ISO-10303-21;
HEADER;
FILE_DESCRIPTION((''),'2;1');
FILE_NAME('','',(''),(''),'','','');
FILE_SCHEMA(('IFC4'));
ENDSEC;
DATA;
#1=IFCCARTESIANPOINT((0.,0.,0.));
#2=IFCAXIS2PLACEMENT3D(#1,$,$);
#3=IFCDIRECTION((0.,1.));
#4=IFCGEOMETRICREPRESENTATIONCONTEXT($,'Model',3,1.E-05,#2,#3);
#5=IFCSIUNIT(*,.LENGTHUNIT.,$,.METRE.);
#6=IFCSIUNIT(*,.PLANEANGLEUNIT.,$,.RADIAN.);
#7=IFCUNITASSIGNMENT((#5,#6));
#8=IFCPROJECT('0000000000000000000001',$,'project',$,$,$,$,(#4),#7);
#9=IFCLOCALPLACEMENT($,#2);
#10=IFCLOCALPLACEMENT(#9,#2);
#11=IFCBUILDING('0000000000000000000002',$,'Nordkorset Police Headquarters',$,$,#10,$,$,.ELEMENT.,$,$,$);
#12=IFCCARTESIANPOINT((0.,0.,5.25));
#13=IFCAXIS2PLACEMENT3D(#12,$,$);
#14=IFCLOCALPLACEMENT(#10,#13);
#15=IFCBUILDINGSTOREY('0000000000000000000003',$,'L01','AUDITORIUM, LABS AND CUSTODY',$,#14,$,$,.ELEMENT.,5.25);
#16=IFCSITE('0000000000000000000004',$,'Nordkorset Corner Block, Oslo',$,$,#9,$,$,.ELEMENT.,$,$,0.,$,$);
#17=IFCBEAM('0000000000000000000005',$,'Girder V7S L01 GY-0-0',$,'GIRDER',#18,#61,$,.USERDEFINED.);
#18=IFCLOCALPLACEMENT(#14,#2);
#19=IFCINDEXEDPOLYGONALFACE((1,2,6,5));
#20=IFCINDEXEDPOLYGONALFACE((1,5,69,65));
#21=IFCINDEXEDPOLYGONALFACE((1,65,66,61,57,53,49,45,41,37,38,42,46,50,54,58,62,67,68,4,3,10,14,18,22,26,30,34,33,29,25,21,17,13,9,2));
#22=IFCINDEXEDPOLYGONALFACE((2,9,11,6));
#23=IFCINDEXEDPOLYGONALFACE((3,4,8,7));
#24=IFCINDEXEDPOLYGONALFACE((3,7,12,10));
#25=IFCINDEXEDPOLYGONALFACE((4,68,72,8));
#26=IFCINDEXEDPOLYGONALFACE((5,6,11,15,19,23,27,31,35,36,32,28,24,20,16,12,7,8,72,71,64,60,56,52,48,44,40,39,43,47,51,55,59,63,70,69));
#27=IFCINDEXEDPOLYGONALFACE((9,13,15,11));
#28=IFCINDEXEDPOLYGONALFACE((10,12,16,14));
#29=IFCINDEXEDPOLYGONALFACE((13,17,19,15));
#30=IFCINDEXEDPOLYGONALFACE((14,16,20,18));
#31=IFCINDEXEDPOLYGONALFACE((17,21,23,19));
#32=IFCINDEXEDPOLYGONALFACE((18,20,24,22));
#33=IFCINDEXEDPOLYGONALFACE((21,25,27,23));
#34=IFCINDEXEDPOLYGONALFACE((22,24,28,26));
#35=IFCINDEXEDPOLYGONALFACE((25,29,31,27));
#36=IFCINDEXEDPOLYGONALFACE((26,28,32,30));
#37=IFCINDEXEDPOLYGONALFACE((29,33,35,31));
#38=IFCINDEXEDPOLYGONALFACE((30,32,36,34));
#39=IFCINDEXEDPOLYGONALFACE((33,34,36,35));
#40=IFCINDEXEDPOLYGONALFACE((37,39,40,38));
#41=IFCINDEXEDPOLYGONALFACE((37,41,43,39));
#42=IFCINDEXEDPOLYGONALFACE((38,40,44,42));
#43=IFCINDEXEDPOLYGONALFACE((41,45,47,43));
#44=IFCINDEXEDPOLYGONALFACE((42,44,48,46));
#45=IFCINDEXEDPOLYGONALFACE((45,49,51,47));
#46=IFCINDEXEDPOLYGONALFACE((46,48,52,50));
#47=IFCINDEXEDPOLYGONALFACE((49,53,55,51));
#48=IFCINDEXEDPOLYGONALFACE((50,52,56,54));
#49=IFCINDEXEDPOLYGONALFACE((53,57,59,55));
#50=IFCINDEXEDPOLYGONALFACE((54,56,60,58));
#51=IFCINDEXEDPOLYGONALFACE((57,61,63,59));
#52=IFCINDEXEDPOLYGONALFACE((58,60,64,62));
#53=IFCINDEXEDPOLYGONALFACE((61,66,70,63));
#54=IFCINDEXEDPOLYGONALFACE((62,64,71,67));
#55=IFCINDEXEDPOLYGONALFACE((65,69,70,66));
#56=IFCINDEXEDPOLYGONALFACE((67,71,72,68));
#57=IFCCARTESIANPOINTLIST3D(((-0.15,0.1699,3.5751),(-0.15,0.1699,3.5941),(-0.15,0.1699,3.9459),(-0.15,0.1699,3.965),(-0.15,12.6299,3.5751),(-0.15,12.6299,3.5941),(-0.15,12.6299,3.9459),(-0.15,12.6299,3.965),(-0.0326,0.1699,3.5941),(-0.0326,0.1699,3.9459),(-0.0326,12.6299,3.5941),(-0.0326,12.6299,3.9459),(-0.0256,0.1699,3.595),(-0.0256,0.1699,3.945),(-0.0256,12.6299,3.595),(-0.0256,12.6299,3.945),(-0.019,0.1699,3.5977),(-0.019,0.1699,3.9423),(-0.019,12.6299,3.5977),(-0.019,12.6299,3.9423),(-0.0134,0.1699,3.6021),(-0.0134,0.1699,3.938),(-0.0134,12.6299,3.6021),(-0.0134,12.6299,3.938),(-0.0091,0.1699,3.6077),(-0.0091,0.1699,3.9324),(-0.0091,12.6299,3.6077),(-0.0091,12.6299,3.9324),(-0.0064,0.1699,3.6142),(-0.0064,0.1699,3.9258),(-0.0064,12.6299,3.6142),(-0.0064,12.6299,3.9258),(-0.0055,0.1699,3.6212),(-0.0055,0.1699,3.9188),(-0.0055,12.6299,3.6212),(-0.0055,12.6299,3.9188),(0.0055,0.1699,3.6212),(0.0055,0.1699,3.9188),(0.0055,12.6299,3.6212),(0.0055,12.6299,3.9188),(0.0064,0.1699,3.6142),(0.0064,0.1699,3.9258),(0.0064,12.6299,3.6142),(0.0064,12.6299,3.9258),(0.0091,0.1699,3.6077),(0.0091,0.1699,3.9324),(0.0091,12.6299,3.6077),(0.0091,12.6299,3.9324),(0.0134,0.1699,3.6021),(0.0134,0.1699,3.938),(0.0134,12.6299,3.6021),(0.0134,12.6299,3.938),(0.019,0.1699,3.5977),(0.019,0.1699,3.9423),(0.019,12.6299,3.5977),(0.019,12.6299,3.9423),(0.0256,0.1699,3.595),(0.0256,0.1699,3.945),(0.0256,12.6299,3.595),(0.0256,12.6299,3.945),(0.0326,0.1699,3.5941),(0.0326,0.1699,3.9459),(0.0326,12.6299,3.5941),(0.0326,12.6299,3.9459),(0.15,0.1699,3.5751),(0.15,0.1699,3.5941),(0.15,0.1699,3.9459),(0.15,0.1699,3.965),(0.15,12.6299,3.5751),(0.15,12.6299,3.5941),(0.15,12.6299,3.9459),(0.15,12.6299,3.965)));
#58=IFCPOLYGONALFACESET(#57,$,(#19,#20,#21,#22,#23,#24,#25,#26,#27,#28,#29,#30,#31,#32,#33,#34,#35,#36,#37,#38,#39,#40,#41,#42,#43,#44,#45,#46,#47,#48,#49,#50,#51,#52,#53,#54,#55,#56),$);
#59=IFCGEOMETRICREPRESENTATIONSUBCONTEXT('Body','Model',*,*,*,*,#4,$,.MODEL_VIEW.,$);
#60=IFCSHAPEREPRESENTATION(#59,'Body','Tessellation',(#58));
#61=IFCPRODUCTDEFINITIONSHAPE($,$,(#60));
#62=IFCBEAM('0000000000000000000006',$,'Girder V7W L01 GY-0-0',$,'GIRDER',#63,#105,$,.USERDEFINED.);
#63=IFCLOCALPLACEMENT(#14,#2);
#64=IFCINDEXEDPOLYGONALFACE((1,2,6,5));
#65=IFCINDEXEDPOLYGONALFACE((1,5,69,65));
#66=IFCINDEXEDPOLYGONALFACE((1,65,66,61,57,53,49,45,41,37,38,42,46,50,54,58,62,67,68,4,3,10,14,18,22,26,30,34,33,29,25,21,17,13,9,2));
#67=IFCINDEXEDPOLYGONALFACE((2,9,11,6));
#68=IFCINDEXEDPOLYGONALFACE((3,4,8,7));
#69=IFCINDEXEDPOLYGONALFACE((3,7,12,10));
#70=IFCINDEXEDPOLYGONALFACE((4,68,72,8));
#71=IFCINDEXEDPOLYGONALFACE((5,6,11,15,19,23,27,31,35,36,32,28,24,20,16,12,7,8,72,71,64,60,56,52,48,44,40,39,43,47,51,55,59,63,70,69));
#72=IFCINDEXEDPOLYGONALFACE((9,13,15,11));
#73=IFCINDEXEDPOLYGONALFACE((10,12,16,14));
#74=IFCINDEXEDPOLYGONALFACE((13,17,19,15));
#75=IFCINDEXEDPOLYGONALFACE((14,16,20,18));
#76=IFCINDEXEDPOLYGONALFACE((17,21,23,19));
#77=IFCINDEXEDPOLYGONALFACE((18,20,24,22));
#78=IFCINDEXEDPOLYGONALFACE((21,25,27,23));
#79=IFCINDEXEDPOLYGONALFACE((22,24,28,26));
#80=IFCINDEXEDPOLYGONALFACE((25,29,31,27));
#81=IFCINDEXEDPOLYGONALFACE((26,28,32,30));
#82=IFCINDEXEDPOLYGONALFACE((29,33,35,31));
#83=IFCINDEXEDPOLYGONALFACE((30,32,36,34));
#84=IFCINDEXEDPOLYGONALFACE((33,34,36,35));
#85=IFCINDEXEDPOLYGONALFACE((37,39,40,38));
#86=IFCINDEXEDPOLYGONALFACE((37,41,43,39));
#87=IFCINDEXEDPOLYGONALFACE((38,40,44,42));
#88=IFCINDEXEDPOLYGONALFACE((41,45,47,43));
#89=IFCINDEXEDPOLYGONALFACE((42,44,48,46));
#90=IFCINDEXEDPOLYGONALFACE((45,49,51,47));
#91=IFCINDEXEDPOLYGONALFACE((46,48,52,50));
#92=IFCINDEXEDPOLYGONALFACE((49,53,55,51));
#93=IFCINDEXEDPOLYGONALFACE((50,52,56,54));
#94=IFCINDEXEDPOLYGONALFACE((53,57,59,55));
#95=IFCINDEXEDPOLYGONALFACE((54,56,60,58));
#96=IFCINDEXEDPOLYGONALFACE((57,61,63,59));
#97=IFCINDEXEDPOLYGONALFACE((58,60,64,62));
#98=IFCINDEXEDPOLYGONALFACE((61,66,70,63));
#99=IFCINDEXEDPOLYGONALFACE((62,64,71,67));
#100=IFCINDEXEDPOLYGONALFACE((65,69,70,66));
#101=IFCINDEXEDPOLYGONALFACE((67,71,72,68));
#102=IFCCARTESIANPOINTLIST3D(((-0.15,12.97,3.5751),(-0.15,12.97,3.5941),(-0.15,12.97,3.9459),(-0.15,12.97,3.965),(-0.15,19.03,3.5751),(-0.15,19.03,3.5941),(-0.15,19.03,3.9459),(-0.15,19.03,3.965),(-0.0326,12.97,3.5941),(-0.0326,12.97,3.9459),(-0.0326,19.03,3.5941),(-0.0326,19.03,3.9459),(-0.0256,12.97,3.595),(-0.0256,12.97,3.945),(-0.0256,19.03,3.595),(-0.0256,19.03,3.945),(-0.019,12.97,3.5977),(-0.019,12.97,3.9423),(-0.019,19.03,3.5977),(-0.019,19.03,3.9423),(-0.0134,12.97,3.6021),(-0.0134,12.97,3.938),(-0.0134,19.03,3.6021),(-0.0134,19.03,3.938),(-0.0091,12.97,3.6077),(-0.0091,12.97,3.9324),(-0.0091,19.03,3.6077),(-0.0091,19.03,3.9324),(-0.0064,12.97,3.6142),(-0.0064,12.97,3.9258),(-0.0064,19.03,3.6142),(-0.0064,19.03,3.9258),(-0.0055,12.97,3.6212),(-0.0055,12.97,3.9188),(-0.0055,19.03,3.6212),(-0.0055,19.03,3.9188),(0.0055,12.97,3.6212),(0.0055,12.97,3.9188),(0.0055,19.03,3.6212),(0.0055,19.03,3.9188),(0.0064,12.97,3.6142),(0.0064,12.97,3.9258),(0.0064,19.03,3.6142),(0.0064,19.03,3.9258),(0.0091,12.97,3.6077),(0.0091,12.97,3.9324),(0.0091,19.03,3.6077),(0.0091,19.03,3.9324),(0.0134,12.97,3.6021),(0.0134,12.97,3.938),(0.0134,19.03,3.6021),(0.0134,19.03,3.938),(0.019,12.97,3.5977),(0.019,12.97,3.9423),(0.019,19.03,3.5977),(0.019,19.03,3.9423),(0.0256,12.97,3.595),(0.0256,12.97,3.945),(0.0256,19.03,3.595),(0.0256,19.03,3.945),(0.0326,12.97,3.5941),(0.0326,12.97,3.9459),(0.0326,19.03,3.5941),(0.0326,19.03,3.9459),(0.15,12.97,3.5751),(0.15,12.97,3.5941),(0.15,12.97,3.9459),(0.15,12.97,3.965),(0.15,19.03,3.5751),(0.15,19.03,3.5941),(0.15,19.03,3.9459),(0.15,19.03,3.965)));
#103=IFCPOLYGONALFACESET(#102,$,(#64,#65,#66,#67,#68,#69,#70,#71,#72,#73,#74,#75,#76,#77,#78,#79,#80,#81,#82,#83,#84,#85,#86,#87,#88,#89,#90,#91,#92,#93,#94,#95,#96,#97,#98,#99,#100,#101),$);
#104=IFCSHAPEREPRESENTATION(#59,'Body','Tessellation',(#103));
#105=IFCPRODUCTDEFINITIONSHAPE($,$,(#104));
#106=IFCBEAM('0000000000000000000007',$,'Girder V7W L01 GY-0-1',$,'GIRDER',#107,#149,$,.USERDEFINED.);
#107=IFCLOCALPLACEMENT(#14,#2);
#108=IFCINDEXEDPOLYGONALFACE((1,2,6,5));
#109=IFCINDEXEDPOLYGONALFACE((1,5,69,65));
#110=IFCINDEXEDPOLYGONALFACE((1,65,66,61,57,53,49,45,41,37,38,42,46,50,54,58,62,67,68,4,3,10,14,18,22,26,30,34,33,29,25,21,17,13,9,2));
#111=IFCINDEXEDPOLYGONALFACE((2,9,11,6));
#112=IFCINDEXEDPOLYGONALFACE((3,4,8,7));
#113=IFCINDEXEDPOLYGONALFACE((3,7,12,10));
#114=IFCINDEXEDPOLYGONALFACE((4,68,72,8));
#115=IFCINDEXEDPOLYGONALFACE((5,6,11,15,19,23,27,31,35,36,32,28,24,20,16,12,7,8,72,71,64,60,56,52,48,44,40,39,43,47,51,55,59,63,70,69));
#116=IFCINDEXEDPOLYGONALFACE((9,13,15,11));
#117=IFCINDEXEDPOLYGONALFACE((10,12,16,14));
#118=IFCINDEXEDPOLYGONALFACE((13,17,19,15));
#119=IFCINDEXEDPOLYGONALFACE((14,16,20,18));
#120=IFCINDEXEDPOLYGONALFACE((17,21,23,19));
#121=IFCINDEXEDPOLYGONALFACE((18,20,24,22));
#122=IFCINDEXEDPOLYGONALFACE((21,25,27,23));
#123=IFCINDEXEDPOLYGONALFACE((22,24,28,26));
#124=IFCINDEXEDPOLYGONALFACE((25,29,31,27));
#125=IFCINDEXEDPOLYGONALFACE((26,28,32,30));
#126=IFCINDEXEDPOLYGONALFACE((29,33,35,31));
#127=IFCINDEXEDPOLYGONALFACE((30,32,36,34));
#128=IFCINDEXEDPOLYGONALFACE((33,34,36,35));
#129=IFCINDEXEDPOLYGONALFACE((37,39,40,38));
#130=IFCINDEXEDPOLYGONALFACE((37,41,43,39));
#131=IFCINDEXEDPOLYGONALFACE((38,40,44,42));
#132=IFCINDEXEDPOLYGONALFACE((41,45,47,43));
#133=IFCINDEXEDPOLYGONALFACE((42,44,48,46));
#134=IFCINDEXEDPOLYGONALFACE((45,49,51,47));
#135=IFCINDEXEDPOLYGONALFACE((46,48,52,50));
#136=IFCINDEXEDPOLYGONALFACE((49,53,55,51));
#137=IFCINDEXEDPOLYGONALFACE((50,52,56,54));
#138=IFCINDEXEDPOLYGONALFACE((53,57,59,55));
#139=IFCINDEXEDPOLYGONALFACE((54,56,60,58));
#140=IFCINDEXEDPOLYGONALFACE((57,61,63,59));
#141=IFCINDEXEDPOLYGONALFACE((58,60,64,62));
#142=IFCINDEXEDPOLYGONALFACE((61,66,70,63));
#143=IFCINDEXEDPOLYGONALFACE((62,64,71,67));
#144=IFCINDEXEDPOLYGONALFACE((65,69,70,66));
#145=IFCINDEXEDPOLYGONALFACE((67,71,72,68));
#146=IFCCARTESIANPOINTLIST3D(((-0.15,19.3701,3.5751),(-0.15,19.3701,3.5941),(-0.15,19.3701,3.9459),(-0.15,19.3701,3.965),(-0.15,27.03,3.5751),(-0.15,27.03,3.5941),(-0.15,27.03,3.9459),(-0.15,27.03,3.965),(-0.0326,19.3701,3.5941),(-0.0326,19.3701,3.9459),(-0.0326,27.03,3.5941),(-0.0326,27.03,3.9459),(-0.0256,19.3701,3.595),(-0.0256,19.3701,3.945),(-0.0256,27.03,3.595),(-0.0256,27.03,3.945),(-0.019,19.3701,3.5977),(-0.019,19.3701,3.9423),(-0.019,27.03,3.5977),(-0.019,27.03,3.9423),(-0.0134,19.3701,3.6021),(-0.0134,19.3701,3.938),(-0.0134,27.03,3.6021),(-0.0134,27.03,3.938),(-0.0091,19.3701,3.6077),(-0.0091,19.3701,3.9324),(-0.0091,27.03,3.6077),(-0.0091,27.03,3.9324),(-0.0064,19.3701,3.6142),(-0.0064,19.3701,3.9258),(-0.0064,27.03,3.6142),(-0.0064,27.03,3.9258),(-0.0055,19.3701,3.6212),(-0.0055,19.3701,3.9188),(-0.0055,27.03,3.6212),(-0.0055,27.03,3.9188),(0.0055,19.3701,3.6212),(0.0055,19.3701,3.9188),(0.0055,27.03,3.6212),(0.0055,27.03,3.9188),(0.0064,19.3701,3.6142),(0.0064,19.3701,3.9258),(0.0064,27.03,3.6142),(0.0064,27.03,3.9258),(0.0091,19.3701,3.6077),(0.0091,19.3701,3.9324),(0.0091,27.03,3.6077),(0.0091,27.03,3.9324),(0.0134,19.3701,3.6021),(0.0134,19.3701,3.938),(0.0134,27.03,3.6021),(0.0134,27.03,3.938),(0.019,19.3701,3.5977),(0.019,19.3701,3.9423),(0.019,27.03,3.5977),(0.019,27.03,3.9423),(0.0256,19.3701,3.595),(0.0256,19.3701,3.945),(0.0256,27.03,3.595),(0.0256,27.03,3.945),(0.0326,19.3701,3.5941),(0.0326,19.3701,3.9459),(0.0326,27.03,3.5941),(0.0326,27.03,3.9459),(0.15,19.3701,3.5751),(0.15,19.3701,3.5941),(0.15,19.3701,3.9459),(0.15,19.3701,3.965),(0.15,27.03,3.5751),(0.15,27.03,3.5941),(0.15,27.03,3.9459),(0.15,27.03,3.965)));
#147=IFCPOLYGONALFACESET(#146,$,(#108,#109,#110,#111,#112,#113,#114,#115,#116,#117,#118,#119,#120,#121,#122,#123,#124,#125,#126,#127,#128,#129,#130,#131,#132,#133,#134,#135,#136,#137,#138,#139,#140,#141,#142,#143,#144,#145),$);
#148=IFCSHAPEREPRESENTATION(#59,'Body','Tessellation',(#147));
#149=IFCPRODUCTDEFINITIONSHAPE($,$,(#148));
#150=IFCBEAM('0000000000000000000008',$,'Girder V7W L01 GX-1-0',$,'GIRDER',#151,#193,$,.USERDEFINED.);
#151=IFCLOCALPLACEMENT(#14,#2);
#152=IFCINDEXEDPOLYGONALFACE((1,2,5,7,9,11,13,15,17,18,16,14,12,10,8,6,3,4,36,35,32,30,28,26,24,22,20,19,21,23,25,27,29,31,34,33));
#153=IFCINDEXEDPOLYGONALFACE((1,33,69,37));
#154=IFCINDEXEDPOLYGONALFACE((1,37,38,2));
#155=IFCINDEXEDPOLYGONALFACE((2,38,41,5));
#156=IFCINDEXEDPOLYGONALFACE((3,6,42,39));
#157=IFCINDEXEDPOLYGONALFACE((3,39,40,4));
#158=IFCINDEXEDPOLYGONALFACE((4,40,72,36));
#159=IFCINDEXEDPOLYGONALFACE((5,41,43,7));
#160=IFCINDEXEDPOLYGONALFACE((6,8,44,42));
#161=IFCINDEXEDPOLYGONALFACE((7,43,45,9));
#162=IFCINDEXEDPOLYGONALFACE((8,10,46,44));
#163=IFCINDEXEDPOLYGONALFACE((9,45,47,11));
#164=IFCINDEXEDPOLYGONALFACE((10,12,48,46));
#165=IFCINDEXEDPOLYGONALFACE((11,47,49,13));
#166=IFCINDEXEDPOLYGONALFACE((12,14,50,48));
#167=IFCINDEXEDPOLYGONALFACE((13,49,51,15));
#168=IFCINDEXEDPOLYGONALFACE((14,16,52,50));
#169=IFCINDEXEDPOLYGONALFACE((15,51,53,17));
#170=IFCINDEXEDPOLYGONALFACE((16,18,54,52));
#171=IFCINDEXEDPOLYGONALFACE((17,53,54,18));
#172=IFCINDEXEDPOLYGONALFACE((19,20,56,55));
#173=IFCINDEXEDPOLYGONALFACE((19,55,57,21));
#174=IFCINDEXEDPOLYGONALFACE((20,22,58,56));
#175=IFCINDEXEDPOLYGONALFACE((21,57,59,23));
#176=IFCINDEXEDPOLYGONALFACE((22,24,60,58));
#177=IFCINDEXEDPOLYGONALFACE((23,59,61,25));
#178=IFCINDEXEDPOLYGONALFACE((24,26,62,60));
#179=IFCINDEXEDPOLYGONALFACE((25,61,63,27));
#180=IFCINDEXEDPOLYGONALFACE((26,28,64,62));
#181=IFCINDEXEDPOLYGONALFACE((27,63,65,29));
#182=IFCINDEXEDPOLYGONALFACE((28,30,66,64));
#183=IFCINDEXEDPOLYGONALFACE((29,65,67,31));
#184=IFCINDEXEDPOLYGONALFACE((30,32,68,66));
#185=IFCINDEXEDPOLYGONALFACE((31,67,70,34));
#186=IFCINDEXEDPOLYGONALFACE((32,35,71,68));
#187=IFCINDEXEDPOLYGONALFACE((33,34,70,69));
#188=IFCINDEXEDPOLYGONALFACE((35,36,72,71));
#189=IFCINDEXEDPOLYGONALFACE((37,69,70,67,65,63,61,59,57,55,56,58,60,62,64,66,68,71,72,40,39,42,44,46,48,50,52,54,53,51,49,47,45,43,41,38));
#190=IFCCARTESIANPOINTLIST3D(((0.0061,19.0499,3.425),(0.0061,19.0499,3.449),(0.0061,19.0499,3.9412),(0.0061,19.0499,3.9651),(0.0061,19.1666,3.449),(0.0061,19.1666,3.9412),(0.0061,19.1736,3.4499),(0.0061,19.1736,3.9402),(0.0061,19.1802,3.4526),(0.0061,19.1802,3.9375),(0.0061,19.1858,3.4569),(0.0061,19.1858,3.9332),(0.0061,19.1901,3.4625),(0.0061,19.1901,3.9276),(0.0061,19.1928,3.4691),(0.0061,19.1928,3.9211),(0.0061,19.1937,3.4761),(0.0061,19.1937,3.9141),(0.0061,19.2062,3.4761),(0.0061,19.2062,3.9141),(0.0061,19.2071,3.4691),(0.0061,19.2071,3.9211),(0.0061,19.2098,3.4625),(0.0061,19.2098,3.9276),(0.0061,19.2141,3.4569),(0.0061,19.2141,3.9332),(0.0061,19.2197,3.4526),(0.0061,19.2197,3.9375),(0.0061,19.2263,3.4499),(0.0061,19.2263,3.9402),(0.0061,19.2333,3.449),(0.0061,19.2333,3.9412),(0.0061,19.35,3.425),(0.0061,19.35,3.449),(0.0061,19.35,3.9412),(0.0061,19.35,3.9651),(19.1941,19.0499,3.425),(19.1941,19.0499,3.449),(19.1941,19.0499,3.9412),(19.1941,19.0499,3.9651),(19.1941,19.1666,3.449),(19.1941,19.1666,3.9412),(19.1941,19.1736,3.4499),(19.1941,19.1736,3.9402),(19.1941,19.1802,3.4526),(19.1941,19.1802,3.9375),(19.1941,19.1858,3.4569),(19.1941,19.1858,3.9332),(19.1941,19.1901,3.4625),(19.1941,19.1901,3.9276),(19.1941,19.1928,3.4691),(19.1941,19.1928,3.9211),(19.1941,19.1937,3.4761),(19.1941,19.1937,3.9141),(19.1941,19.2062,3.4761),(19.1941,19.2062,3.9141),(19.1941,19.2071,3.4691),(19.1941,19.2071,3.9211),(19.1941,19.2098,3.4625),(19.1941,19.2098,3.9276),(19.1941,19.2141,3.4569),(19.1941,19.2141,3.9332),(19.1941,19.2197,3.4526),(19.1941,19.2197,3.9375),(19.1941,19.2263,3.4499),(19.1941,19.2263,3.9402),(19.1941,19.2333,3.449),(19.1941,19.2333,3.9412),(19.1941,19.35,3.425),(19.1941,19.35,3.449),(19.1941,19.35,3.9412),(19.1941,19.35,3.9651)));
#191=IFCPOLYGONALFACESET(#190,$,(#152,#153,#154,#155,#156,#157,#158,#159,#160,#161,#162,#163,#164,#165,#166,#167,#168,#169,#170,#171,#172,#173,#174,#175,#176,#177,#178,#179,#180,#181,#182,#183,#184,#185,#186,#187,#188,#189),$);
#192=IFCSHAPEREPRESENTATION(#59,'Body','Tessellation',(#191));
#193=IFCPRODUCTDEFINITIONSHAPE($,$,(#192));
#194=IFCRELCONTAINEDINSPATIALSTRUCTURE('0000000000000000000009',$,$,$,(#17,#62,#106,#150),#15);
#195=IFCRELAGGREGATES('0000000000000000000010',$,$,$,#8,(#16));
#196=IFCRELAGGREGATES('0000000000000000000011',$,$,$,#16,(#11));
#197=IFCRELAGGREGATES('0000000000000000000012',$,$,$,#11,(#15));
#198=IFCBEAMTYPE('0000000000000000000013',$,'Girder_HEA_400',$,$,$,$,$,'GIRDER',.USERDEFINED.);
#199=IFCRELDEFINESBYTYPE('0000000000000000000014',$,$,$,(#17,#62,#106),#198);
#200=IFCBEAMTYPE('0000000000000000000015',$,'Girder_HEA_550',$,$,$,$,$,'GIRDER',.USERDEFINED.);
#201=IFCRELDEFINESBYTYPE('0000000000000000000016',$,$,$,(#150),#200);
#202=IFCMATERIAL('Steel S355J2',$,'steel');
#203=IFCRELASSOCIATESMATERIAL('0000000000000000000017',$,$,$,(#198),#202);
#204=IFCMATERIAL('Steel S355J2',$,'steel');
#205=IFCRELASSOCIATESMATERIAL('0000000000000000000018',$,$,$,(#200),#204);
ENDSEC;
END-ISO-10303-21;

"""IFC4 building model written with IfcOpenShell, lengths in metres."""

from ifc_helpers import new_model, si_unit, direction, frame, origin, origin_2d, place, context, subcontext, project, spatial, i_section, extrude, material, material_profile, profile_set, type_object, element, save


model = new_model("IFC4")

# Units and contexts
model_context = context("Model", 3, precision=1e-05, world=origin(), true_north=direction((0.0, 1.0)))
body_context = subcontext(model_context, "Body", "Model", "MODEL_VIEW")
ifc_project = project(units=[si_unit("LENGTHUNIT", "METRE"), si_unit("PLANEANGLEUNIT", "RADIAN")], contexts=[model_context])

# Site, building, storey
site_placement = place(None, origin())
site = spatial("IfcSite", under=ifc_project, at=site_placement, Name="Nordkorset Corner Block, Oslo", CompositionType="ELEMENT", RefElevation=0.0)
building_placement = place(site_placement, origin())
building = spatial("IfcBuilding", under=site, at=building_placement, Name="Nordkorset Police Headquarters", CompositionType="ELEMENT")
storey_placement = place(building_placement, frame((0.0, 0.0, 5.25)))
storey = spatial("IfcBuildingStorey", under=building, at=storey_placement, Name="L01", Description="AUDITORIUM, LABS AND CUSTODY", CompositionType="ELEMENT", Elevation=5.25)

# Beams
ifc_material_1 = material(Name="Steel S355J2", Category="steel")
ifc_material_profile_1 = material_profile(ifc_material_1, i_section(OverallWidth=0.3, OverallDepth=0.3899, WebThickness=0.011, FlangeThickness=0.019, FilletRadius=0.0271, at=origin_2d()), Name="HEA 400")
ifc_profile_set_1 = profile_set([ifc_material_profile_1], Name="Steel S355J2")
beam_type_1 = type_object("IfcBeamType", Name="Girder_HEA_400", ElementType="GIRDER", PredefinedType="USERDEFINED", material=ifc_profile_set_1)
beam_1_placement = place(storey_placement, frame((0.0, 0.1699, 3.77), z_axis=(0.0, 1.0, 0.0), x_axis=(-1.0, 0.0, 0.0)))
element("IfcBeam", 1, at=beam_1_placement, inside=storey, type_object=beam_type_1, Name="Girder V7S L01 GY-0-0", ObjectType="GIRDER", PredefinedType="USERDEFINED", context=body_context, shape_type="SweptSolid", body=[
    extrude(i_section(OverallWidth=0.3, OverallDepth=0.3899, WebThickness=0.011, FlangeThickness=0.019, FilletRadius=0.0271, at=origin_2d()), origin(), (0.0, 0.0, 1.0), 12.46),
])
beam_2_placement = place(storey_placement, frame((0.0, 12.97, 3.77), z_axis=(0.0, 1.0, 0.0), x_axis=(-1.0, 0.0, 0.0)))
element("IfcBeam", 2, at=beam_2_placement, inside=storey, type_object=beam_type_1, Name="Girder V7W L01 GY-0-0", ObjectType="GIRDER", PredefinedType="USERDEFINED", context=body_context, shape_type="SweptSolid", body=[
    extrude(i_section(OverallWidth=0.3, OverallDepth=0.3899, WebThickness=0.011, FlangeThickness=0.019, FilletRadius=0.0271, at=origin_2d()), origin(), (0.0, 0.0, 1.0), 6.0601),
])
beam_3_placement = place(storey_placement, frame((0.0, 19.3701, 3.77), z_axis=(0.0, 1.0, 0.0), x_axis=(-1.0, 0.0, 0.0)))
element("IfcBeam", 3, at=beam_3_placement, inside=storey, type_object=beam_type_1, Name="Girder V7W L01 GY-0-1", ObjectType="GIRDER", PredefinedType="USERDEFINED", context=body_context, shape_type="SweptSolid", body=[
    extrude(i_section(OverallWidth=0.3, OverallDepth=0.3899, WebThickness=0.011, FlangeThickness=0.019, FilletRadius=0.0271, at=origin_2d()), origin(), (0.0, 0.0, 1.0), 7.6599),
])
ifc_material_2 = material(Name="Steel S355J2", Category="steel")
ifc_material_profile_2 = material_profile(ifc_material_2, i_section(OverallWidth=0.3, OverallDepth=0.54, WebThickness=0.0125, FlangeThickness=0.0239, FilletRadius=0.0271, at=origin_2d()), Name="HEA 550")
ifc_profile_set_2 = profile_set([ifc_material_profile_2], Name="Steel S355J2")
beam_type_2 = type_object("IfcBeamType", Name="Girder_HEA_550", ElementType="GIRDER", PredefinedType="USERDEFINED", material=ifc_profile_set_2)
for number, where, z_axis, x_axis, name in (
    (4, (0.0061, 19.2, 3.6951), (1.0, 0.0, 0.0), (0.0, 1.0, 0.0), "Girder V7W L01 GX-1-0"),
):
    element("IfcBeam", number, at=place(storey_placement, frame(where, z_axis=z_axis, x_axis=x_axis)), inside=storey, type_object=beam_type_2, Name=name, ObjectType="GIRDER", PredefinedType="USERDEFINED", context=body_context, shape_type="SweptSolid", body=[
        extrude(i_section(OverallWidth=0.3, OverallDepth=0.54, WebThickness=0.0125, FlangeThickness=0.0239, FilletRadius=0.0271, at=origin_2d()), origin(), (0.0, 0.0, 1.0), 19.188),
    ])

save(model, "model.ifc")
